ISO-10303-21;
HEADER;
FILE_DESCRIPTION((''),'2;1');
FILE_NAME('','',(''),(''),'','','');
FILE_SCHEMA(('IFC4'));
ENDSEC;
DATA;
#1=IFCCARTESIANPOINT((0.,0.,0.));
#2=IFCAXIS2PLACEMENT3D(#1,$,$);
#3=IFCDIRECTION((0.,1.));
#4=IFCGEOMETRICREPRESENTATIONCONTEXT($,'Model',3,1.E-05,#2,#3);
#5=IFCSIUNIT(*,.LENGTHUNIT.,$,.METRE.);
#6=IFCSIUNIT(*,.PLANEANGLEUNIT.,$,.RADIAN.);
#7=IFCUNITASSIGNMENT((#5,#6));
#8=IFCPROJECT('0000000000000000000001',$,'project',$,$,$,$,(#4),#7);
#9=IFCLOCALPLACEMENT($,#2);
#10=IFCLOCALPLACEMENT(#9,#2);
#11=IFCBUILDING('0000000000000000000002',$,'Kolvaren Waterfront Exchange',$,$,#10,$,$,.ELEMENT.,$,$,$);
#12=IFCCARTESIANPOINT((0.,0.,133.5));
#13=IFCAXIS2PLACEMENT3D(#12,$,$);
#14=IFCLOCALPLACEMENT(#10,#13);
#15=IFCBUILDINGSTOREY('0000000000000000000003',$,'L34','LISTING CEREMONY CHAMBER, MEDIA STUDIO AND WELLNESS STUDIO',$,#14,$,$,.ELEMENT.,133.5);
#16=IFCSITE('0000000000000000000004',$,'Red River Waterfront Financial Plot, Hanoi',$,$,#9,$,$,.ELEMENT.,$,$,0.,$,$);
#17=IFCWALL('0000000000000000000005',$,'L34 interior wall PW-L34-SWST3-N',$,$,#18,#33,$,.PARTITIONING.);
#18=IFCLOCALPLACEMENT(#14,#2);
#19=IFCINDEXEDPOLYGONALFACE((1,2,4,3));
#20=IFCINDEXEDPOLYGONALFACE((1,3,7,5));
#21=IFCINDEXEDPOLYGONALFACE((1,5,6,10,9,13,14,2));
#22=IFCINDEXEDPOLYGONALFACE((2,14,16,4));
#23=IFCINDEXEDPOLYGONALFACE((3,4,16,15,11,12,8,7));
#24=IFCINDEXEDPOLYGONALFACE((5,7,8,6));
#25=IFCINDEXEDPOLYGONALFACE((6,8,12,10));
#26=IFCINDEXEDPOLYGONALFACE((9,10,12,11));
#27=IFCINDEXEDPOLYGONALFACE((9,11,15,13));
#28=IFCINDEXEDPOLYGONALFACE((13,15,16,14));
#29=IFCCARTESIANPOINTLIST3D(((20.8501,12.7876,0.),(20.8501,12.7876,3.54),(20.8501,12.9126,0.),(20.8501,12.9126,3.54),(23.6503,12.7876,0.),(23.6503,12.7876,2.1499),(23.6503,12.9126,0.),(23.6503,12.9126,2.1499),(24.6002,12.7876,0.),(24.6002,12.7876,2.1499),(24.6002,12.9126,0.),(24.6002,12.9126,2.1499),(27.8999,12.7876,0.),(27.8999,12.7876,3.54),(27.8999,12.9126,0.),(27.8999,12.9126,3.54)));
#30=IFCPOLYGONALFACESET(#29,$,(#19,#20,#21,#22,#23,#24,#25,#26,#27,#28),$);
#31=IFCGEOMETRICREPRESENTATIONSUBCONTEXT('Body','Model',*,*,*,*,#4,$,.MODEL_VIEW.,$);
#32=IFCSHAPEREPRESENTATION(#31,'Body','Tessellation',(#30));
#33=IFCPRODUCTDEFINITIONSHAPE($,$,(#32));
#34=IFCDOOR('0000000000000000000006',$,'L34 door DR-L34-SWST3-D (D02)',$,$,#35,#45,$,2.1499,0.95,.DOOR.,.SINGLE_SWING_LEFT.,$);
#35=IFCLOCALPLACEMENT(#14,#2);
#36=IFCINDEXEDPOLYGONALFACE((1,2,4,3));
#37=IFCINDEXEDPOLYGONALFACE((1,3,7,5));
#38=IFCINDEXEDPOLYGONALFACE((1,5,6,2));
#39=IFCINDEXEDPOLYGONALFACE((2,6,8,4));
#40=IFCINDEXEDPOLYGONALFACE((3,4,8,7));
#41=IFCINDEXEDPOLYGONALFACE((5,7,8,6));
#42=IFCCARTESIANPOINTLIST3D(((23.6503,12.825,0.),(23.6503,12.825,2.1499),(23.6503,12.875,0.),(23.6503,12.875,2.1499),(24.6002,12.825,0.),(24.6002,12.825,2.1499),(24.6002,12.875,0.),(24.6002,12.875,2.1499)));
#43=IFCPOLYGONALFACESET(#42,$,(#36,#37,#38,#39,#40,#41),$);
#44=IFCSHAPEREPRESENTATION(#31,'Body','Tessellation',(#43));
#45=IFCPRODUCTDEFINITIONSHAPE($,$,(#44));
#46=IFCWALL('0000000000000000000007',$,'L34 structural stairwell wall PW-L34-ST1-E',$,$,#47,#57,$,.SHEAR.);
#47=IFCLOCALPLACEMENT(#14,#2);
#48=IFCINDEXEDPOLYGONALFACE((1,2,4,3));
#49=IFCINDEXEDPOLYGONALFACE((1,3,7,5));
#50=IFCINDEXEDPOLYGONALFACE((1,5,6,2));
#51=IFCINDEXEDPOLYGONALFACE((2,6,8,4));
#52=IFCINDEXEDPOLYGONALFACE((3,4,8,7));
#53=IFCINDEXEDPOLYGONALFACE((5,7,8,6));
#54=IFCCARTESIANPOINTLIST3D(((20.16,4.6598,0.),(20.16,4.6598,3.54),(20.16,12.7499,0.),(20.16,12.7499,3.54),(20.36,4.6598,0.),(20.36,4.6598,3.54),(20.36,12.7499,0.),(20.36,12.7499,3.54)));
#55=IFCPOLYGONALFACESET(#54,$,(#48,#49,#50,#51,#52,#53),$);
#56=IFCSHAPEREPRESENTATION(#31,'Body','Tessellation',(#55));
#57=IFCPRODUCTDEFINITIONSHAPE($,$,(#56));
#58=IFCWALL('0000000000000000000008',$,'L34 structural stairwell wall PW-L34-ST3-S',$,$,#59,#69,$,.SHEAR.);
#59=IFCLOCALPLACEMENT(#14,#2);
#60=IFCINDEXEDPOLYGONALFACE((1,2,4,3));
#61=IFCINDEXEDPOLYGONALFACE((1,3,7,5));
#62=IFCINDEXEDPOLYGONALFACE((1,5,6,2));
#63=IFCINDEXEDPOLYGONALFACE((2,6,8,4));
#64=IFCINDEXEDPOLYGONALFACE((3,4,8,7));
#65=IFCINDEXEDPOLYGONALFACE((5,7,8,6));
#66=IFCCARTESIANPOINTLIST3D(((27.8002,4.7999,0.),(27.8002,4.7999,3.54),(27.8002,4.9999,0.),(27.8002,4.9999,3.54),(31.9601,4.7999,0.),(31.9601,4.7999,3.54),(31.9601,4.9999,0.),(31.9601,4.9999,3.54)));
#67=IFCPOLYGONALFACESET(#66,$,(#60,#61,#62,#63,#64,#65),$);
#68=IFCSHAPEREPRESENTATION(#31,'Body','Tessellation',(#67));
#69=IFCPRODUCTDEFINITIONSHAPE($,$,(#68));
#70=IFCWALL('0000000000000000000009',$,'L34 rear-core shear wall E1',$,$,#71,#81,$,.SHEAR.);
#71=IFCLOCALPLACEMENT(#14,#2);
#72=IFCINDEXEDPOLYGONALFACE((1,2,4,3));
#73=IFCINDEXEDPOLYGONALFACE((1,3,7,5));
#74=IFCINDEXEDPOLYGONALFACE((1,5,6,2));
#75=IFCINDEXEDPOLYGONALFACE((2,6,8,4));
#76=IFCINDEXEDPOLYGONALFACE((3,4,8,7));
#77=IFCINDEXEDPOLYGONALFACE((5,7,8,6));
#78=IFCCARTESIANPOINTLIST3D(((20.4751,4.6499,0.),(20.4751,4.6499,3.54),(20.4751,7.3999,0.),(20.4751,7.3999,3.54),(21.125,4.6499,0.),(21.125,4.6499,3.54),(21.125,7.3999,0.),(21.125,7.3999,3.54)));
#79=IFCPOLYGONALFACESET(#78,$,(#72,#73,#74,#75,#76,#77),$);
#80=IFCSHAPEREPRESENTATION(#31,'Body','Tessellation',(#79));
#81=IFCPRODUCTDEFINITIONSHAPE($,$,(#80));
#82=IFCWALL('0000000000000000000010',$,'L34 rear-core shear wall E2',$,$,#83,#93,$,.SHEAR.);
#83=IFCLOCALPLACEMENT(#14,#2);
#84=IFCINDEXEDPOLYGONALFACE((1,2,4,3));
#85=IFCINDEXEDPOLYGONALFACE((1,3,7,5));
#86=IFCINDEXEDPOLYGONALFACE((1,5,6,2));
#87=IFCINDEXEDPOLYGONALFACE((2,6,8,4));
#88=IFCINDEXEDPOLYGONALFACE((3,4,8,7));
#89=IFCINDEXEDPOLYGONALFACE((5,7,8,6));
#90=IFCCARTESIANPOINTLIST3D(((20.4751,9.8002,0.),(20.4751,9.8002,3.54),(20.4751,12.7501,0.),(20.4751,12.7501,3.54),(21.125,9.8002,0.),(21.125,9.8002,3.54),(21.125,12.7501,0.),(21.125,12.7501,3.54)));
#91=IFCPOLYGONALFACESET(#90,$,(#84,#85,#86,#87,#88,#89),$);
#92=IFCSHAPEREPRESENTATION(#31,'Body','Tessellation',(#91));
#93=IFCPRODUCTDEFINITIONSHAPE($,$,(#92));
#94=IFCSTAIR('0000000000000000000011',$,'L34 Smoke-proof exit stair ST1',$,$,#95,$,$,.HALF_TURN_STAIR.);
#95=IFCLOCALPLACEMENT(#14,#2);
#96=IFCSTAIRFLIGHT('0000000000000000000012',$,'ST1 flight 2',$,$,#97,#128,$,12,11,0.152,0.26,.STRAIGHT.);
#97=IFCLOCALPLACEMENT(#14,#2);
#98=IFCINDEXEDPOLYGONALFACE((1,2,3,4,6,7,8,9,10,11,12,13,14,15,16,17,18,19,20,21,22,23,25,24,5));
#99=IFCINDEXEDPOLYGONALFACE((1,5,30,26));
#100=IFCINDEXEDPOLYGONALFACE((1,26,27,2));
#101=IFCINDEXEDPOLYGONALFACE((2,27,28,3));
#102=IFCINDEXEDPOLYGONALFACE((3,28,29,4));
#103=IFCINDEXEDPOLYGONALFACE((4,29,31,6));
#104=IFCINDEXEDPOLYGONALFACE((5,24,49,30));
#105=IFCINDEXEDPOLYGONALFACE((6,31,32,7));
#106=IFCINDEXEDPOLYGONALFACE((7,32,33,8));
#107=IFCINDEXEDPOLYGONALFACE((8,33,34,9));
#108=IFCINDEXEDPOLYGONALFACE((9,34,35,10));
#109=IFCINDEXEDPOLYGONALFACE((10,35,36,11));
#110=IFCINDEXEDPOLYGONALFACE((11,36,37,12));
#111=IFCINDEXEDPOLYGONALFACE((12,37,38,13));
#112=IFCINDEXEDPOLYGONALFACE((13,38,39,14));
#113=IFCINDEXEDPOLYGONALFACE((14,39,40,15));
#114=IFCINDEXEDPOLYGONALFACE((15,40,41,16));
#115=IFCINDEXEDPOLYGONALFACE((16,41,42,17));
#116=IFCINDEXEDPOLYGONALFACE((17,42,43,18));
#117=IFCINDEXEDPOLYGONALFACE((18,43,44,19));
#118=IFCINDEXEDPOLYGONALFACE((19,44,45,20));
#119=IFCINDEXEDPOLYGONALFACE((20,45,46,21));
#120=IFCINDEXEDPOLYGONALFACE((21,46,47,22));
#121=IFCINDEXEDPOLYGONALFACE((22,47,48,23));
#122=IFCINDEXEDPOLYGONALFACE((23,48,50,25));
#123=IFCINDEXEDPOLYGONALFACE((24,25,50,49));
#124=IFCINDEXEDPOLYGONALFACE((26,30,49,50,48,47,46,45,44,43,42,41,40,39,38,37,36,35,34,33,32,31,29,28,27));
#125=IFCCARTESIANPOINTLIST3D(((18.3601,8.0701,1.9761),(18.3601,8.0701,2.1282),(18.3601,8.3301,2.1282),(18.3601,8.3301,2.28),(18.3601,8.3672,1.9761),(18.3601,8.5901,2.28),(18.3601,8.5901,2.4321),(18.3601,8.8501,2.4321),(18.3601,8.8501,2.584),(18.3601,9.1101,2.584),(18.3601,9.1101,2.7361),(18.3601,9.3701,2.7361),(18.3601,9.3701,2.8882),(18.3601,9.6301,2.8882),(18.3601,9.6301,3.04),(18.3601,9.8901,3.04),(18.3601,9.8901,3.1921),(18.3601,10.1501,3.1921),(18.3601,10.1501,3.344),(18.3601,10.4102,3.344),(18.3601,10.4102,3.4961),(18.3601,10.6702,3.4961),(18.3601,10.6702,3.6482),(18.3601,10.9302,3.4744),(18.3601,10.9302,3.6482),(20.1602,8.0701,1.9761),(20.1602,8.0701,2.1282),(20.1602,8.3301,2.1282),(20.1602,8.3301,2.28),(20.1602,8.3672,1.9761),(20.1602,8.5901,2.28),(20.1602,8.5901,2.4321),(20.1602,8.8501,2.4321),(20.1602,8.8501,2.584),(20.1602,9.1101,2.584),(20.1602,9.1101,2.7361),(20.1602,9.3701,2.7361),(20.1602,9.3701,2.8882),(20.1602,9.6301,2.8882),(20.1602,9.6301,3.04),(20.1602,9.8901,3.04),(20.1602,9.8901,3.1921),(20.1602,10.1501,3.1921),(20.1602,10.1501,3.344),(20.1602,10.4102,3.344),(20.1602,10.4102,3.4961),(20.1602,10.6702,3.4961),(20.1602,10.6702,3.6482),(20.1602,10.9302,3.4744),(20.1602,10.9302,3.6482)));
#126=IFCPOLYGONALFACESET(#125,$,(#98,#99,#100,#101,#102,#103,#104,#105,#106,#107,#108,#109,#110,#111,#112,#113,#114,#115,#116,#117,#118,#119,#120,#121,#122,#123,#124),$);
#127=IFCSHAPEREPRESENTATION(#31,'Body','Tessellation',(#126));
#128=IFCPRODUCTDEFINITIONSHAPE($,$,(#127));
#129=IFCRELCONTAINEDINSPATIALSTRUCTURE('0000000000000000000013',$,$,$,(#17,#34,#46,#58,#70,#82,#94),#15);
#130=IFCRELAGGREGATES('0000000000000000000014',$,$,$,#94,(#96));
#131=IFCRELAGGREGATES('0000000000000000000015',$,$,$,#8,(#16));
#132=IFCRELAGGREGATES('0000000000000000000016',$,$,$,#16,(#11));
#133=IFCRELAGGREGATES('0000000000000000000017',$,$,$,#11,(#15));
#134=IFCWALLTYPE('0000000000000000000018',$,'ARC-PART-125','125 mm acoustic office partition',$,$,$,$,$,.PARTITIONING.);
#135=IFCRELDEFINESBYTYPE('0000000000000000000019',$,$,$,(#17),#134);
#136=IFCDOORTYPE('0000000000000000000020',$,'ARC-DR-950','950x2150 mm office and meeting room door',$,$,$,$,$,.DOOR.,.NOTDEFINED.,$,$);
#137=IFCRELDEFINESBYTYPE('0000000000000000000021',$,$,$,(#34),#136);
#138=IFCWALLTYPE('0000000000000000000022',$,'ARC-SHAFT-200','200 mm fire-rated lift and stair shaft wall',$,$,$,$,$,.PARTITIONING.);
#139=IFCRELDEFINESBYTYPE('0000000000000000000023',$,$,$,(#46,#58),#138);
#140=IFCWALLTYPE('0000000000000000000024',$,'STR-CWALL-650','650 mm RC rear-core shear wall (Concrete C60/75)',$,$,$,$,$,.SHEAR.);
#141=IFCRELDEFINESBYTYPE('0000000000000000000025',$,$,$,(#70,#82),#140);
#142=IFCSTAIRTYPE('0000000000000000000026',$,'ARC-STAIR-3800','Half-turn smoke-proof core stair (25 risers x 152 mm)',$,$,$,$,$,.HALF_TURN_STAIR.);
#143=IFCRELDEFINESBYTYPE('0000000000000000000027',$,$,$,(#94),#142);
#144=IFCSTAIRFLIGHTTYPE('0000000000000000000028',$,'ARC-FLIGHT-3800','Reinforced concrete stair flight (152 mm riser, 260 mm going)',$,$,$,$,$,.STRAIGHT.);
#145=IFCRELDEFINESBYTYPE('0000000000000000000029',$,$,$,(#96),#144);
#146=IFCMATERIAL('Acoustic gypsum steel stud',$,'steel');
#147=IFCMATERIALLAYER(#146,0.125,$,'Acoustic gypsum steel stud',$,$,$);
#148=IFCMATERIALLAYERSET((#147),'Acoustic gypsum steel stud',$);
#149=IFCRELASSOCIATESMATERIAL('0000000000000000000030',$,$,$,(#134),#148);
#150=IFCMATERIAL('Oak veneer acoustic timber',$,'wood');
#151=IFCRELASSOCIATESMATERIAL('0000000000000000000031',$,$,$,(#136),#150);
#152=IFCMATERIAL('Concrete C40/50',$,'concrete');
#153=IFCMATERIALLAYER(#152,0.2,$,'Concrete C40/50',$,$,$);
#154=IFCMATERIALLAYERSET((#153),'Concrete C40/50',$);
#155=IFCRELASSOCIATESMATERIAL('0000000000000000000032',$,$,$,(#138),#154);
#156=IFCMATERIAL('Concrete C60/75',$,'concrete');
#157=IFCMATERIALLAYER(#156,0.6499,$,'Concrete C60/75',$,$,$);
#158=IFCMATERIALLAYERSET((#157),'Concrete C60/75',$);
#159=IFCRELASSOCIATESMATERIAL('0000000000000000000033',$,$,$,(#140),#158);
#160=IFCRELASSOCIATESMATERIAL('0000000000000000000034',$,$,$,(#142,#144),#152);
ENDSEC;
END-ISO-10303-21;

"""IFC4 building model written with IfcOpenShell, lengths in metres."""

from ifc_helpers import new_model, si_unit, direction, frame, frame_2d, origin, place, context, subcontext, project, spatial, polyline, rectangle, outline, extrude, material, layer, layer_set, type_object, element, fill, aggregate, save


model = new_model("IFC4")

# Units and contexts
model_context = context("Model", 3, precision=1e-05, world=origin(), true_north=direction((0.0, 1.0)))
body_context = subcontext(model_context, "Body", "Model", "MODEL_VIEW")
ifc_project = project(units=[si_unit("LENGTHUNIT", "METRE"), si_unit("PLANEANGLEUNIT", "RADIAN")], contexts=[model_context])

# Site, building, storey
site_placement = place(None, origin())
site = spatial("IfcSite", under=ifc_project, at=site_placement, Name="Red River Waterfront Financial Plot, Hanoi", CompositionType="ELEMENT", RefElevation=0.0)
building_placement = place(site_placement, origin())
building = spatial("IfcBuilding", under=site, at=building_placement, Name="Kolvaren Waterfront Exchange", CompositionType="ELEMENT")
storey_placement = place(building_placement, frame((0.0, 0.0, 133.5)))
storey = spatial("IfcBuildingStorey", under=building, at=storey_placement, Name="L34", Description="LISTING CEREMONY CHAMBER, MEDIA STUDIO AND WELLNESS STUDIO", CompositionType="ELEMENT", Elevation=133.5)

# Shared definitions
ifc_material_1 = material(Name="Concrete C60/75", Category="concrete")

# Wall, opening, door
ifc_material_2 = material(Name="Acoustic gypsum steel stud", Category="steel")
ifc_layer_1 = layer(ifc_material_2, 0.125, Name="Acoustic gypsum steel stud")
ifc_layer_set_1 = layer_set([ifc_layer_1], Name="Acoustic gypsum steel stud")
wall_type_1 = type_object("IfcWallType", Name="ARC-PART-125", Description="125 mm acoustic office partition", PredefinedType="PARTITIONING", material=ifc_layer_set_1)
wall_1_placement = place(storey_placement, frame((20.8501, 12.8501, 0.0), z_axis=(0.0, 0.0, 1.0), x_axis=(1.0, 0.0, 0.0)))
wall_1 = element("IfcWall", 1, at=wall_1_placement, inside=storey, type_object=wall_type_1, Name="L34 interior wall PW-L34-SWST3-N", PredefinedType="PARTITIONING", context=body_context, shape_type="SweptSolid", body=[
    extrude(rectangle(XDim=7.0498, YDim=0.125, at=frame_2d((3.5249, 0.0))), origin(), (0.0, 0.0, 1.0), 3.54),
])
opening_placement = place(wall_1_placement, frame((2.8, 0.0, 0.0)))
opening = element("IfcOpeningElement", 2, at=opening_placement, cuts=wall_1, PredefinedType="OPENING", context=body_context, shape_type="SweptSolid", body=[
    extrude(rectangle(XDim=0.95, YDim=2.1499, at=frame_2d((0.4751, 1.075))), frame((0.0, 0.0725, 0.0), z_axis=(0.0, -1.0, 0.0), x_axis=(1.0, 0.0, 0.0)), (0.0, 0.0, 1.0), 0.145),
])
ifc_material_3 = material(Name="Oak veneer acoustic timber", Category="wood")
door_type = type_object("IfcDoorType", Name="ARC-DR-950", Description="950x2150 mm office and meeting room door", OperationType="NOTDEFINED", PredefinedType="DOOR", material=ifc_material_3)
door_placement = place(opening_placement, origin())
door = element("IfcDoor", 3, at=door_placement, inside=storey, type_object=door_type, Name="L34 door DR-L34-SWST3-D (D02)", OperationType="SINGLE_SWING_LEFT", OverallHeight=2.1499, OverallWidth=0.95, PredefinedType="DOOR", context=body_context, shape_type="SweptSolid", body=[
    extrude(rectangle(XDim=0.95, YDim=2.1499, at=frame_2d((0.4751, 1.075))), frame((0.0, 0.0249, 0.0), z_axis=(0.0, -1.0, 0.0), x_axis=(1.0, 0.0, 0.0)), (0.0, 0.0, 1.0), 0.05),
])
fill(opening, door)

# Walls
ifc_material_4 = material(Name="Concrete C40/50", Category="concrete")
ifc_layer_2 = layer(ifc_material_4, 0.2, Name="Concrete C40/50")
ifc_layer_set_2 = layer_set([ifc_layer_2], Name="Concrete C40/50")
wall_type_2 = type_object("IfcWallType", Name="ARC-SHAFT-200", Description="200 mm fire-rated lift and stair shaft wall", PredefinedType="PARTITIONING", material=ifc_layer_set_2)
wall_2_placement = place(storey_placement, frame((20.26, 4.6599, 0.0), z_axis=(0.0, 0.0, 1.0), x_axis=(0.0, 1.0, 0.0)))
element("IfcWall", 4, at=wall_2_placement, inside=storey, type_object=wall_type_2, Name="L34 structural stairwell wall PW-L34-ST1-E", PredefinedType="SHEAR", context=body_context, shape_type="SweptSolid", body=[
    extrude(rectangle(XDim=8.0901, YDim=0.2, at=frame_2d((4.0449, 0.0))), origin(), (0.0, 0.0, 1.0), 3.54),
])
wall_3_placement = place(storey_placement, frame((27.8, 4.8999, 0.0), z_axis=(0.0, 0.0, 1.0), x_axis=(1.0, 0.0, 0.0)))
element("IfcWall", 5, at=wall_3_placement, inside=storey, type_object=wall_type_2, Name="L34 structural stairwell wall PW-L34-ST3-S", PredefinedType="SHEAR", context=body_context, shape_type="SweptSolid", body=[
    extrude(rectangle(XDim=4.1599, YDim=0.2, at=frame_2d((2.0801, 0.0))), origin(), (0.0, 0.0, 1.0), 3.54),
])
ifc_layer_3 = layer(ifc_material_1, 0.6499, Name="Concrete C60/75")
ifc_layer_set_3 = layer_set([ifc_layer_3], Name="Concrete C60/75")
wall_type_3 = type_object("IfcWallType", Name="STR-CWALL-650", Description="650 mm RC rear-core shear wall (Concrete C60/75)", PredefinedType="SHEAR", material=ifc_layer_set_3)
wall_4_placement = place(storey_placement, frame((20.8, 4.6499, 0.0), z_axis=(0.0, 0.0, 1.0), x_axis=(0.0, 1.0, 0.0)))
element("IfcWall", 6, at=wall_4_placement, inside=storey, type_object=wall_type_3, Name="L34 rear-core shear wall E1", PredefinedType="SHEAR", context=body_context, shape_type="SweptSolid", body=[
    extrude(rectangle(XDim=2.75, YDim=0.6499, at=frame_2d((1.375, 0.0))), origin(), (0.0, 0.0, 1.0), 3.54),
])
wall_5_placement = place(storey_placement, frame((20.8, 9.8, 0.0), z_axis=(0.0, 0.0, 1.0), x_axis=(0.0, 1.0, 0.0)))
element("IfcWall", 7, at=wall_5_placement, inside=storey, type_object=wall_type_3, Name="L34 rear-core shear wall E2", PredefinedType="SHEAR", context=body_context, shape_type="SweptSolid", body=[
    extrude(rectangle(XDim=2.95, YDim=0.6499, at=frame_2d((1.4751, 0.0))), origin(), (0.0, 0.0, 1.0), 3.54),
])

# Stair, stair flight
stair_type = type_object("IfcStairType", Name="ARC-STAIR-3800", Description="Half-turn smoke-proof core stair (25 risers x 152 mm)", PredefinedType="HALF_TURN_STAIR", material=ifc_material_4)
stair_placement = place(storey_placement, origin())
stair = element("IfcStair", 8, at=stair_placement, inside=storey, type_object=stair_type, Name="L34 Smoke-proof exit stair ST1", PredefinedType="HALF_TURN_STAIR")
stair_flight_type = type_object("IfcStairFlightType", Name="ARC-FLIGHT-3800", Description="Reinforced concrete stair flight (152 mm riser, 260 mm going)", PredefinedType="STRAIGHT", material=ifc_material_4)
stair_flight_placement = place(storey_placement, frame((19.26, 8.0701, 1.9761), z_axis=(0.0, 0.0, 1.0), x_axis=(0.0, 1.0, 0.0)))
stair_flight = element("IfcStairFlight", 9, at=stair_flight_placement, type_object=stair_flight_type, Name="ST1 flight 2", NumberOfRisers=12, NumberOfTreads=11, PredefinedType="STRAIGHT", RiserHeight=0.152, TreadLength=0.26, context=body_context, shape_type="SweptSolid", body=[
    extrude(outline(polyline([(0.0, 0.0), (0.0, 0.1521), (0.26, 0.1521), (0.26, 0.304), (0.52, 0.304), (0.52, 0.4561), (0.78, 0.4561), (0.78, 0.6079), (1.04, 0.6079), (1.04, 0.76), (1.3, 0.76), (1.3, 0.9121), (1.5601, 0.9121), (1.5601, 1.064), (1.8201, 1.064), (1.8201, 1.2161), (2.0801, 1.2161), (2.0801, 1.3679), (2.3401, 1.3679), (2.3401, 1.52), (2.6001, 1.52), (2.6001, 1.6721), (2.8601, 1.6721), (2.8601, 1.824), (2.8601, 1.4983), (0.2971, 0.0), (0.0, 0.0)])), frame((0.0, 0.8999, 0.0), z_axis=(0.0, -1.0, 0.0), x_axis=(1.0, 0.0, 0.0)), (0.0, 0.0, 1.0), 1.8),
])
aggregate(stair, [stair_flight])

save(model, "model.ifc")
